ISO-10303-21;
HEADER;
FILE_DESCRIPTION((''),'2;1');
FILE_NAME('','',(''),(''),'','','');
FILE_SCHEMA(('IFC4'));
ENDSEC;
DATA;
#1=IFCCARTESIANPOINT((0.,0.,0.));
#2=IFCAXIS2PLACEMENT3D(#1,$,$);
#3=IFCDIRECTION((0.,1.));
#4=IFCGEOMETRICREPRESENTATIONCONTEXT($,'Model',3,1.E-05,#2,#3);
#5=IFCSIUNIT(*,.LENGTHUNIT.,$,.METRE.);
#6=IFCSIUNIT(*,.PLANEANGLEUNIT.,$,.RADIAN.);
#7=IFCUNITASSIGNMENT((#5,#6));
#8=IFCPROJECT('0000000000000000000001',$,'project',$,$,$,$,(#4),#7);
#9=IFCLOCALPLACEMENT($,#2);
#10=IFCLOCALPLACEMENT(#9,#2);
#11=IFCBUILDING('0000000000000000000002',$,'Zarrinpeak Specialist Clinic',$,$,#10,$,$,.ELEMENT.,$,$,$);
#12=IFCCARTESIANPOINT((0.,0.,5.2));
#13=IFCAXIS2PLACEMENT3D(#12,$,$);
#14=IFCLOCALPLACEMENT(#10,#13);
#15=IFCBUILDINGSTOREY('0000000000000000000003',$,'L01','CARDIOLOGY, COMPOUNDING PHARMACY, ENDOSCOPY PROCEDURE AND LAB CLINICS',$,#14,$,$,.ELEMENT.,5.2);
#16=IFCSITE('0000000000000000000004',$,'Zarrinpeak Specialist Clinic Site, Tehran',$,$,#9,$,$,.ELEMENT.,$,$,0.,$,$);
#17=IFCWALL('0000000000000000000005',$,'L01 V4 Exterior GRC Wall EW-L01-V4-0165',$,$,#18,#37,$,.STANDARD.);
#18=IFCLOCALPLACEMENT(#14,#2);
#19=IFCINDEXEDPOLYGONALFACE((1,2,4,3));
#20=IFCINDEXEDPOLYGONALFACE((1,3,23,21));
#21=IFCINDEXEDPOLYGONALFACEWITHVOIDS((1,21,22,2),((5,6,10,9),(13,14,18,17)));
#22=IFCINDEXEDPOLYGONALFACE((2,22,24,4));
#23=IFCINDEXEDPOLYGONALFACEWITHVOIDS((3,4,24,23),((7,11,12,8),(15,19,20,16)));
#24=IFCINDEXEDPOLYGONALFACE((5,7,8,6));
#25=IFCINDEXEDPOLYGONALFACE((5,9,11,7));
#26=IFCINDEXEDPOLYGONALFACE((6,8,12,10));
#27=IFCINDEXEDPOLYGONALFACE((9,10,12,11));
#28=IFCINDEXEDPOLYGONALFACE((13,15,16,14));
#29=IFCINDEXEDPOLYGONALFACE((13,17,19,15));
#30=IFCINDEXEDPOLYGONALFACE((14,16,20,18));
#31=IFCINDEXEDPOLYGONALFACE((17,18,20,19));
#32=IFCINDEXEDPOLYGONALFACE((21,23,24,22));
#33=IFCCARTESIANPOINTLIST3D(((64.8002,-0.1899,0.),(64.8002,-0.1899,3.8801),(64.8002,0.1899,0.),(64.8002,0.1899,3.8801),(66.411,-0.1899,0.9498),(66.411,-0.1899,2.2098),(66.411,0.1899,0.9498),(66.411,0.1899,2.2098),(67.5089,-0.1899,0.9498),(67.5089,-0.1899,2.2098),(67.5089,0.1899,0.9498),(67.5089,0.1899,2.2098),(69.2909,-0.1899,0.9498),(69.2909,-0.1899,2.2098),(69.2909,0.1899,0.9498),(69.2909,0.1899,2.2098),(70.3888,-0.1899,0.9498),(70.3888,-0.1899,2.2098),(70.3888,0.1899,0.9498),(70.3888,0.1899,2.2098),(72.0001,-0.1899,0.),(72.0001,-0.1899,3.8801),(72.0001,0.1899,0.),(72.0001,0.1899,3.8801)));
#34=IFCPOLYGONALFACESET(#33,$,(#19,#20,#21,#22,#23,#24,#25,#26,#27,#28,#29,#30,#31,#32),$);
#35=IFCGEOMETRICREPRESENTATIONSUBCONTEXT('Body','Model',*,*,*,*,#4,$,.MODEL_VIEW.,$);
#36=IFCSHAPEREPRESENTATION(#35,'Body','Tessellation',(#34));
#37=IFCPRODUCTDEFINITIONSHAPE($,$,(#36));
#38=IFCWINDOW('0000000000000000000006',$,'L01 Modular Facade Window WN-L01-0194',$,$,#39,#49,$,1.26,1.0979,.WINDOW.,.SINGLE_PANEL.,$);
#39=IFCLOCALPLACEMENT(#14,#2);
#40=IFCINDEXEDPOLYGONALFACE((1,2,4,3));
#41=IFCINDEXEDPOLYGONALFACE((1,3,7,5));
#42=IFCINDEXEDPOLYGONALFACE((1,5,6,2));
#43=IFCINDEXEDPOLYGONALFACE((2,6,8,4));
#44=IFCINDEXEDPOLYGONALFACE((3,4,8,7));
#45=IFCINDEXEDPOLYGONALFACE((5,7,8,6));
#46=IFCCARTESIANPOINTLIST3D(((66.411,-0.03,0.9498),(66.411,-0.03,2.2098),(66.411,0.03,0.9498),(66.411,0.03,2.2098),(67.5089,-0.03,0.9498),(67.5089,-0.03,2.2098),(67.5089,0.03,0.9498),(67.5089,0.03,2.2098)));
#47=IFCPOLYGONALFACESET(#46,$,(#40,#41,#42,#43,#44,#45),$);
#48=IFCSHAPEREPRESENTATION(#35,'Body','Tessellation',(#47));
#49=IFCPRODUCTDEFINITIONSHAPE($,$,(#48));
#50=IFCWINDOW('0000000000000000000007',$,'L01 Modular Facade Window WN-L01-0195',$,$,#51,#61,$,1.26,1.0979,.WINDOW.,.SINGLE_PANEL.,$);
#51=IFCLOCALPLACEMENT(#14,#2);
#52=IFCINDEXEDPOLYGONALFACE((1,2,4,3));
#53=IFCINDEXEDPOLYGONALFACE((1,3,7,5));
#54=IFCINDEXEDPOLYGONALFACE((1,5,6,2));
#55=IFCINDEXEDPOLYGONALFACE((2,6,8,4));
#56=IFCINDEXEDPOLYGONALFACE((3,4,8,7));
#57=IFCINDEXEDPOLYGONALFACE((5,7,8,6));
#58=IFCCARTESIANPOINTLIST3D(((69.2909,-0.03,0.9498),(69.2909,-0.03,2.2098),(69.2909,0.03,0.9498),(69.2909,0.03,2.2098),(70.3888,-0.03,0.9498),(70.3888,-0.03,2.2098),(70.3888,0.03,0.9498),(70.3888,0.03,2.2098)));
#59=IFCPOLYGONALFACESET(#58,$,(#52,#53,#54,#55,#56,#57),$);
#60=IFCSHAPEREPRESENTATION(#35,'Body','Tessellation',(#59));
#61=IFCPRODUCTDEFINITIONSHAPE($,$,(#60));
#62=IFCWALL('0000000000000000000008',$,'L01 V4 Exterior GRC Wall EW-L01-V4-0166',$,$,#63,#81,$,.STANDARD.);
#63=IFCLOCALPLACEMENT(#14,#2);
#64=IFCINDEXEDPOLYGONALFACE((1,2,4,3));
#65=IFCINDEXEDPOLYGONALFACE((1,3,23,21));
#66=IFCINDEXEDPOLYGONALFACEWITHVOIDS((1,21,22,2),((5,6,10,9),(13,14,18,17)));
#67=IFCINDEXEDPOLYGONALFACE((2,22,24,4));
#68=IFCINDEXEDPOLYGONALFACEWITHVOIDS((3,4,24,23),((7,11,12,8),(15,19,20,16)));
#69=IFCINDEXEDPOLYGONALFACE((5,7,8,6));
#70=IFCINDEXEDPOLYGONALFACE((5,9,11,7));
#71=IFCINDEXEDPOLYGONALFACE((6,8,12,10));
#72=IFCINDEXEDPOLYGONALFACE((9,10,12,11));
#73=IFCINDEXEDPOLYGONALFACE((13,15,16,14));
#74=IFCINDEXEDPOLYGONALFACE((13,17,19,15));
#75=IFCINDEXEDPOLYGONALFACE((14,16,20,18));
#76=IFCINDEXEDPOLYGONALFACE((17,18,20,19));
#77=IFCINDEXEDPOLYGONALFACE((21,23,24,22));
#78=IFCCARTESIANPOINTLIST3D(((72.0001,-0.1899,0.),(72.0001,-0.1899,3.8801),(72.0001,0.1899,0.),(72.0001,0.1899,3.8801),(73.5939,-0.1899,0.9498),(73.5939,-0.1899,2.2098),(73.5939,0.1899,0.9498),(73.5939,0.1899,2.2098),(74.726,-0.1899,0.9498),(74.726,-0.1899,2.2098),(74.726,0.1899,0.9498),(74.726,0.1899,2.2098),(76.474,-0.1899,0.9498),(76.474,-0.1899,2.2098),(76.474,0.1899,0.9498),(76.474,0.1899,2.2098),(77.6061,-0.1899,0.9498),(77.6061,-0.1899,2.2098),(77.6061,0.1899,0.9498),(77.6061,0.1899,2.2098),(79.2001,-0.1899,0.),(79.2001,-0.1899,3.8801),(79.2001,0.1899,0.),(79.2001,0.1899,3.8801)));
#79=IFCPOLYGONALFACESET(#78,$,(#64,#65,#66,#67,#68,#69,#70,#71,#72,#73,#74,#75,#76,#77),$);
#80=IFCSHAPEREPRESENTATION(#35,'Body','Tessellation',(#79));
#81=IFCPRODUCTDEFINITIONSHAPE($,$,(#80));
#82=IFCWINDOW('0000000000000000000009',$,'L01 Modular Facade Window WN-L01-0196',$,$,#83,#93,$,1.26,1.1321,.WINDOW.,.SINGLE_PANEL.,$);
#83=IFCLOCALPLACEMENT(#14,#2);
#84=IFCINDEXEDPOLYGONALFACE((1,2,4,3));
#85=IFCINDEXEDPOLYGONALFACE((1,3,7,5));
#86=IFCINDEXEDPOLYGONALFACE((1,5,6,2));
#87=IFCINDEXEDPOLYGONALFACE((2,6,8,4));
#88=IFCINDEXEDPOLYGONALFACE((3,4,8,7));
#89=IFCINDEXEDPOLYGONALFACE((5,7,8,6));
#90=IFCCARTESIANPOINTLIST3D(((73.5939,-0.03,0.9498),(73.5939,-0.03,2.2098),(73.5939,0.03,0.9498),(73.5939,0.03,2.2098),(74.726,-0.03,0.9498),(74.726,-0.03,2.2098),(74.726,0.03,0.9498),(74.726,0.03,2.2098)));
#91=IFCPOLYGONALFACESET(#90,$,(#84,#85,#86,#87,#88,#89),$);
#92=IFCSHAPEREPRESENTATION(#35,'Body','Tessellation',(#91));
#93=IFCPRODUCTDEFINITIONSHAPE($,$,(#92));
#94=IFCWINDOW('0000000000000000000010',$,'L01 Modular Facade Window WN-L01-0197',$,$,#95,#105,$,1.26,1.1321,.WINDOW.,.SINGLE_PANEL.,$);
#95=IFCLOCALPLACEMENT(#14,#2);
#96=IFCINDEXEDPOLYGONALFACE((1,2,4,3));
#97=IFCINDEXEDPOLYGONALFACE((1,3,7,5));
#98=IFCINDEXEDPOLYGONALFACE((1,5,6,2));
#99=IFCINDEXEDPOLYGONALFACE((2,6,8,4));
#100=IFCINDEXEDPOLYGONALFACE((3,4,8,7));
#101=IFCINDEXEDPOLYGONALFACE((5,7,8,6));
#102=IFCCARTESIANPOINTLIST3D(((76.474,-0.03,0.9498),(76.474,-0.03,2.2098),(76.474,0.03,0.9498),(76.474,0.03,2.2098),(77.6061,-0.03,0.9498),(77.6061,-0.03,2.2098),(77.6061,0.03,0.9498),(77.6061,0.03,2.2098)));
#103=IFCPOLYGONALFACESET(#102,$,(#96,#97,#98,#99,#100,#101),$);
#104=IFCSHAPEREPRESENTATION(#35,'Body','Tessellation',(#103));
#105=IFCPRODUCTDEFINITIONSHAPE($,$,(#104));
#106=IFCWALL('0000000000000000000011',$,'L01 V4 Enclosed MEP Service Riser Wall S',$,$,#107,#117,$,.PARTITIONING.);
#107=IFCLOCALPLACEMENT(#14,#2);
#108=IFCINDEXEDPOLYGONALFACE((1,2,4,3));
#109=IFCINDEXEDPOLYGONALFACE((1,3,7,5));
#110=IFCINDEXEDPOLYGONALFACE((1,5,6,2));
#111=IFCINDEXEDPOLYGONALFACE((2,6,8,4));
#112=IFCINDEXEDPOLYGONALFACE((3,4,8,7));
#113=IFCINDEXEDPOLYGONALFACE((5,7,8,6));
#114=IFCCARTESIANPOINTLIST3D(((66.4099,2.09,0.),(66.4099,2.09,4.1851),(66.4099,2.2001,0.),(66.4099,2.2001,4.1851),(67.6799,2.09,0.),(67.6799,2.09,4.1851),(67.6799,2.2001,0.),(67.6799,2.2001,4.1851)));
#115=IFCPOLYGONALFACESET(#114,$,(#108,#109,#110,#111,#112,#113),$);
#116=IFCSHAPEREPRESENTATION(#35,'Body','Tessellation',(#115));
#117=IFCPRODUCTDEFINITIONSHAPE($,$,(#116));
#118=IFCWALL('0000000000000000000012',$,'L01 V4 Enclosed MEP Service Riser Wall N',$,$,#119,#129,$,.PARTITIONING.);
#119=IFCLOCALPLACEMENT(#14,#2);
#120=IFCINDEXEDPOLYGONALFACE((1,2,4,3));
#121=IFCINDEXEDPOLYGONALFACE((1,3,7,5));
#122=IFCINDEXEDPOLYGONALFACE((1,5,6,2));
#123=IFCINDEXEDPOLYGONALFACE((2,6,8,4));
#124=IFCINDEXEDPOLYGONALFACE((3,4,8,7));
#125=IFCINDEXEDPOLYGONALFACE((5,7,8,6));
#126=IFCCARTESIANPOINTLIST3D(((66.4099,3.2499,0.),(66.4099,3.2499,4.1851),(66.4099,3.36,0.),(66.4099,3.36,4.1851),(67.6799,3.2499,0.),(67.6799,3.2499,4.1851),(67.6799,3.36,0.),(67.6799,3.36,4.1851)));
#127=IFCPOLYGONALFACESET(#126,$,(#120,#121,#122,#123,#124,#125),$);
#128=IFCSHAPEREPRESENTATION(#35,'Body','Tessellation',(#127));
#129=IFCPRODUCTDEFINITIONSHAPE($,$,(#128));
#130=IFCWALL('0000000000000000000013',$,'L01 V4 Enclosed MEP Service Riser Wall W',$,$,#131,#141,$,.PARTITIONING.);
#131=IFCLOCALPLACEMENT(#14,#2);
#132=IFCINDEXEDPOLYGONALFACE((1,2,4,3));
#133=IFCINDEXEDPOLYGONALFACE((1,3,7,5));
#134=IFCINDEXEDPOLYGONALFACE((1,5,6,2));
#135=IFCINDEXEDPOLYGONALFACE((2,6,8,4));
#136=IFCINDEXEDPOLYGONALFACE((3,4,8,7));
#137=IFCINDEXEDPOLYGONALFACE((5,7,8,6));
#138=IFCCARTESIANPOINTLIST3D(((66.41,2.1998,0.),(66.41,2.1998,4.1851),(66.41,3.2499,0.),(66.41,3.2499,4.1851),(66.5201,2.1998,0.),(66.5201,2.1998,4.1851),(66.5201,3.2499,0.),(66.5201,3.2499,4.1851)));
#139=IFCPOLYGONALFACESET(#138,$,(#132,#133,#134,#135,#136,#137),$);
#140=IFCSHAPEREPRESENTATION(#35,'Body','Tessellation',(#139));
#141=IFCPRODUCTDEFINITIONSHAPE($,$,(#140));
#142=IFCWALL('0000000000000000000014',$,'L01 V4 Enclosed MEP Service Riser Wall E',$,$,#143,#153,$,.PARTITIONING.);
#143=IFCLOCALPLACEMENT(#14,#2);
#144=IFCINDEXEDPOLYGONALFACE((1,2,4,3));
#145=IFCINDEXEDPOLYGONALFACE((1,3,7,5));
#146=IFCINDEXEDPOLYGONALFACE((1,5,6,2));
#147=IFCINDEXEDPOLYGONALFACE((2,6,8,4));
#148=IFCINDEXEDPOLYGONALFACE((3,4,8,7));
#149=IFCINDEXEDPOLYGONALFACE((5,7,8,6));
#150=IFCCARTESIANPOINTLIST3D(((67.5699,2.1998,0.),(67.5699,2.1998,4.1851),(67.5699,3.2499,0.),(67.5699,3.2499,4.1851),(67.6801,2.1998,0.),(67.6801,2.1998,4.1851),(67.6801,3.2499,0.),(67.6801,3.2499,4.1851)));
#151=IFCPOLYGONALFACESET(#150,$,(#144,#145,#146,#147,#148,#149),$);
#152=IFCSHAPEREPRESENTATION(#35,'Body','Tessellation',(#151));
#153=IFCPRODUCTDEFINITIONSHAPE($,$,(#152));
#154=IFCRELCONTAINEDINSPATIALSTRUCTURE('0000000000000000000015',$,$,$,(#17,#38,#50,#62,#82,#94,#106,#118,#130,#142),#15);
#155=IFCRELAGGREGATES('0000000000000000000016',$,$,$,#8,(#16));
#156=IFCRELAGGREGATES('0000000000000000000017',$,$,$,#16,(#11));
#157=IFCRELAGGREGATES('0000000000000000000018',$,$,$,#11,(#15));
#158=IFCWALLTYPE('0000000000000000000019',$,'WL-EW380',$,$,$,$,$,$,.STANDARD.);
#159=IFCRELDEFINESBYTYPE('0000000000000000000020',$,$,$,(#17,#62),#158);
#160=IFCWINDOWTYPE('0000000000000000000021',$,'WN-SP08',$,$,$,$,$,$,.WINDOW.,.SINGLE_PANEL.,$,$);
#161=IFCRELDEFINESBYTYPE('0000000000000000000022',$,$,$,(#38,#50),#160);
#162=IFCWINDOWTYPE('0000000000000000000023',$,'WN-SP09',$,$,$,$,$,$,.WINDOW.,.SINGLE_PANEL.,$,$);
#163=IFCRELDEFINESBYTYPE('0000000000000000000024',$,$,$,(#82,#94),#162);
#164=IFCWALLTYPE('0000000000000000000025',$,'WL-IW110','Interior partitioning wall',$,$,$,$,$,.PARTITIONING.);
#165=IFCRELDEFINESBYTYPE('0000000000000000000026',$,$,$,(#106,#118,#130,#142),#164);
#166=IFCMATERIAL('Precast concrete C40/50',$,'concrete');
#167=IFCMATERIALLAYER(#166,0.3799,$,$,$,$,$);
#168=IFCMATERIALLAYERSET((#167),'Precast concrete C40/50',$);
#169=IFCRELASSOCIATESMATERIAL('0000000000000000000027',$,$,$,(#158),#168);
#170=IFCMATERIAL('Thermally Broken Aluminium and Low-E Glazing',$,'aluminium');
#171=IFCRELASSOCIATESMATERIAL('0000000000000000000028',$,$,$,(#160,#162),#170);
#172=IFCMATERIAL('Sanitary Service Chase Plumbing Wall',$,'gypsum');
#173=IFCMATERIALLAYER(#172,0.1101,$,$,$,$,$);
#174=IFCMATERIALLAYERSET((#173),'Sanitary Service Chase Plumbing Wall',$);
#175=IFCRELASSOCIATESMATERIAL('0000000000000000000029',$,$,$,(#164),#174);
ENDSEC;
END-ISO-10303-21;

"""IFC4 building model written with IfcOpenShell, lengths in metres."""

from ifc_helpers import new_model, si_unit, direction, frame, frame_2d, origin, place, context, subcontext, project, spatial, rectangle, extrude, material, layer, layer_set, type_object, element, fill, save


model = new_model("IFC4")

# Units and contexts
model_context = context("Model", 3, precision=1e-05, world=origin(), true_north=direction((0.0, 1.0)))
body_context = subcontext(model_context, "Body", "Model", "MODEL_VIEW")
ifc_project = project(units=[si_unit("LENGTHUNIT", "METRE"), si_unit("PLANEANGLEUNIT", "RADIAN")], contexts=[model_context])

# Site, building, storey
site_placement = place(None, origin())
site = spatial("IfcSite", under=ifc_project, at=site_placement, Name="Zarrinpeak Specialist Clinic Site, Tehran", CompositionType="ELEMENT", RefElevation=0.0)
building_placement = place(site_placement, origin())
building = spatial("IfcBuilding", under=site, at=building_placement, Name="Zarrinpeak Specialist Clinic", CompositionType="ELEMENT")
storey_placement = place(building_placement, frame((0.0, 0.0, 5.2)))
storey = spatial("IfcBuildingStorey", under=building, at=storey_placement, Name="L01", Description="CARDIOLOGY, COMPOUNDING PHARMACY, ENDOSCOPY PROCEDURE AND LAB CLINICS", CompositionType="ELEMENT", Elevation=5.2)

# Walls, openings, windows
ifc_material_1 = material(Name="Precast concrete C40/50", Category="concrete")
ifc_layer_1 = layer(ifc_material_1, 0.3799)
ifc_layer_set_1 = layer_set([ifc_layer_1], Name="Precast concrete C40/50")
wall_type_1 = type_object("IfcWallType", Name="WL-EW380", PredefinedType="STANDARD", material=ifc_layer_set_1)
wall_1_placement = place(storey_placement, frame((64.8, 0.0, 0.0), z_axis=(0.0, 0.0, 1.0), x_axis=(1.0, 0.0, 0.0)))
wall_1 = element("IfcWall", 1, at=wall_1_placement, inside=storey, type_object=wall_type_1, Name="L01 V4 Exterior GRC Wall EW-L01-V4-0165", PredefinedType="STANDARD", context=body_context, shape_type="SweptSolid", body=[
    extrude(rectangle(XDim=7.2, YDim=0.3799, at=frame_2d((3.6001, 0.0))), origin(), (0.0, 0.0, 1.0), 3.8801),
])
opening_1_placement = place(wall_1_placement, frame((1.6111, 0.0, 0.95)))
opening_1 = element("IfcOpeningElement", 2, at=opening_1_placement, cuts=wall_1, PredefinedType="OPENING", context=body_context, shape_type="SweptSolid", body=[
    extrude(rectangle(XDim=1.0979, YDim=1.26, at=frame_2d((0.5488, 0.6299))), frame((0.0, 0.2, 0.0), z_axis=(0.0, -1.0, 0.0), x_axis=(1.0, 0.0, 0.0)), (0.0, 0.0, 1.0), 0.3999),
])
opening_2_placement = place(wall_1_placement, frame((4.491, 0.0, 0.95)))
opening_2 = element("IfcOpeningElement", 3, at=opening_2_placement, cuts=wall_1, PredefinedType="OPENING", context=body_context, shape_type="SweptSolid", body=[
    extrude(rectangle(XDim=1.0979, YDim=1.26, at=frame_2d((0.5488, 0.6299))), frame((0.0, 0.2, 0.0), z_axis=(0.0, -1.0, 0.0), x_axis=(1.0, 0.0, 0.0)), (0.0, 0.0, 1.0), 0.3999),
])
ifc_material_2 = material(Name="Thermally Broken Aluminium and Low-E Glazing", Category="aluminium")
window_type_1 = type_object("IfcWindowType", Name="WN-SP08", PartitioningType="SINGLE_PANEL", PredefinedType="WINDOW", material=ifc_material_2)
window_1_placement = place(opening_1_placement, origin())
window_1 = element("IfcWindow", 4, at=window_1_placement, inside=storey, type_object=window_type_1, Name="L01 Modular Facade Window WN-L01-0194", OverallHeight=1.26, OverallWidth=1.0979, PartitioningType="SINGLE_PANEL", PredefinedType="WINDOW", context=body_context, shape_type="SweptSolid", body=[
    extrude(rectangle(XDim=1.0979, YDim=1.26, at=frame_2d((0.5488, 0.6299))), frame((0.0, 0.03, 0.0), z_axis=(0.0, -1.0, 0.0), x_axis=(1.0, 0.0, 0.0)), (0.0, 0.0, 1.0), 0.0601),
])
fill(opening_1, window_1)
window_2_placement = place(opening_2_placement, origin())
window_2 = element("IfcWindow", 5, at=window_2_placement, inside=storey, type_object=window_type_1, Name="L01 Modular Facade Window WN-L01-0195", OverallHeight=1.26, OverallWidth=1.0979, PartitioningType="SINGLE_PANEL", PredefinedType="WINDOW", context=body_context, shape_type="SweptSolid", body=[
    extrude(rectangle(XDim=1.0979, YDim=1.26, at=frame_2d((0.5488, 0.6299))), frame((0.0, 0.03, 0.0), z_axis=(0.0, -1.0, 0.0), x_axis=(1.0, 0.0, 0.0)), (0.0, 0.0, 1.0), 0.0601),
])
fill(opening_2, window_2)
wall_2_placement = place(storey_placement, frame((72.0, 0.0, 0.0), z_axis=(0.0, 0.0, 1.0), x_axis=(1.0, 0.0, 0.0)))
wall_2 = element("IfcWall", 6, at=wall_2_placement, inside=storey, type_object=wall_type_1, Name="L01 V4 Exterior GRC Wall EW-L01-V4-0166", PredefinedType="STANDARD", context=body_context, shape_type="SweptSolid", body=[
    extrude(rectangle(XDim=7.2, YDim=0.3799, at=frame_2d((3.6001, 0.0))), origin(), (0.0, 0.0, 1.0), 3.8801),
])
opening_3_placement = place(wall_2_placement, frame((1.594, 0.0, 0.95)))
opening_3 = element("IfcOpeningElement", 7, at=opening_3_placement, cuts=wall_2, PredefinedType="OPENING", context=body_context, shape_type="SweptSolid", body=[
    extrude(rectangle(XDim=1.1321, YDim=1.26, at=frame_2d((0.5659, 0.6299))), frame((0.0, 0.2, 0.0), z_axis=(0.0, -1.0, 0.0), x_axis=(1.0, 0.0, 0.0)), (0.0, 0.0, 1.0), 0.3999),
])
opening_4_placement = place(wall_2_placement, frame((4.4741, 0.0, 0.95)))
opening_4 = element("IfcOpeningElement", 8, at=opening_4_placement, cuts=wall_2, PredefinedType="OPENING", context=body_context, shape_type="SweptSolid", body=[
    extrude(rectangle(XDim=1.1321, YDim=1.26, at=frame_2d((0.5659, 0.6299))), frame((0.0, 0.2, 0.0), z_axis=(0.0, -1.0, 0.0), x_axis=(1.0, 0.0, 0.0)), (0.0, 0.0, 1.0), 0.3999),
])
window_type_2 = type_object("IfcWindowType", Name="WN-SP09", PartitioningType="SINGLE_PANEL", PredefinedType="WINDOW", material=ifc_material_2)
window_3_placement = place(opening_3_placement, origin())
window_3 = element("IfcWindow", 9, at=window_3_placement, inside=storey, type_object=window_type_2, Name="L01 Modular Facade Window WN-L01-0196", OverallHeight=1.26, OverallWidth=1.1321, PartitioningType="SINGLE_PANEL", PredefinedType="WINDOW", context=body_context, shape_type="SweptSolid", body=[
    extrude(rectangle(XDim=1.1321, YDim=1.26, at=frame_2d((0.5659, 0.6299))), frame((0.0, 0.03, 0.0), z_axis=(0.0, -1.0, 0.0), x_axis=(1.0, 0.0, 0.0)), (0.0, 0.0, 1.0), 0.0601),
])
fill(opening_3, window_3)
window_4_placement = place(opening_4_placement, origin())
window_4 = element("IfcWindow", 10, at=window_4_placement, inside=storey, type_object=window_type_2, Name="L01 Modular Facade Window WN-L01-0197", OverallHeight=1.26, OverallWidth=1.1321, PartitioningType="SINGLE_PANEL", PredefinedType="WINDOW", context=body_context, shape_type="SweptSolid", body=[
    extrude(rectangle(XDim=1.1321, YDim=1.26, at=frame_2d((0.5659, 0.6299))), frame((0.0, 0.03, 0.0), z_axis=(0.0, -1.0, 0.0), x_axis=(1.0, 0.0, 0.0)), (0.0, 0.0, 1.0), 0.0601),
])
fill(opening_4, window_4)

# Walls
ifc_material_3 = material(Name="Sanitary Service Chase Plumbing Wall", Category="gypsum")
ifc_layer_2 = layer(ifc_material_3, 0.1101)
ifc_layer_set_2 = layer_set([ifc_layer_2], Name="Sanitary Service Chase Plumbing Wall")
wall_type_2 = type_object("IfcWallType", Name="WL-IW110", Description="Interior partitioning wall", PredefinedType="PARTITIONING", material=ifc_layer_set_2)
for number, where, z_axis, x_axis, name in (
    (11, (66.4099, 2.145, 0.0), (0.0, 0.0, 1.0), (1.0, 0.0, 0.0), "L01 V4 Enclosed MEP Service Riser Wall S"),
    (12, (66.4099, 3.3049, 0.0), (0.0, 0.0, 1.0), (1.0, 0.0, 0.0), "L01 V4 Enclosed MEP Service Riser Wall N"),
):
    element("IfcWall", number, at=place(storey_placement, frame(where, z_axis=z_axis, x_axis=x_axis)), inside=storey, type_object=wall_type_2, Name=name, PredefinedType="PARTITIONING", context=body_context, shape_type="SweptSolid", body=[
        extrude(rectangle(XDim=1.27, YDim=0.1101, at=frame_2d((0.635, 0.0))), origin(), (0.0, 0.0, 1.0), 4.1851),
    ])
for number, where, z_axis, x_axis, name in (
    (13, (66.4651, 2.2, 0.0), (0.0, 0.0, 1.0), (0.0, 1.0, 0.0), "L01 V4 Enclosed MEP Service Riser Wall W"),
    (14, (67.625, 2.2, 0.0), (0.0, 0.0, 1.0), (0.0, 1.0, 0.0), "L01 V4 Enclosed MEP Service Riser Wall E"),
):
    element("IfcWall", number, at=place(storey_placement, frame(where, z_axis=z_axis, x_axis=x_axis)), inside=storey, type_object=wall_type_2, Name=name, PredefinedType="PARTITIONING", context=body_context, shape_type="SweptSolid", body=[
        extrude(rectangle(XDim=1.05, YDim=0.1101, at=frame_2d((0.5249, 0.0))), origin(), (0.0, 0.0, 1.0), 4.1851),
    ])

save(model, "model.ifc")
